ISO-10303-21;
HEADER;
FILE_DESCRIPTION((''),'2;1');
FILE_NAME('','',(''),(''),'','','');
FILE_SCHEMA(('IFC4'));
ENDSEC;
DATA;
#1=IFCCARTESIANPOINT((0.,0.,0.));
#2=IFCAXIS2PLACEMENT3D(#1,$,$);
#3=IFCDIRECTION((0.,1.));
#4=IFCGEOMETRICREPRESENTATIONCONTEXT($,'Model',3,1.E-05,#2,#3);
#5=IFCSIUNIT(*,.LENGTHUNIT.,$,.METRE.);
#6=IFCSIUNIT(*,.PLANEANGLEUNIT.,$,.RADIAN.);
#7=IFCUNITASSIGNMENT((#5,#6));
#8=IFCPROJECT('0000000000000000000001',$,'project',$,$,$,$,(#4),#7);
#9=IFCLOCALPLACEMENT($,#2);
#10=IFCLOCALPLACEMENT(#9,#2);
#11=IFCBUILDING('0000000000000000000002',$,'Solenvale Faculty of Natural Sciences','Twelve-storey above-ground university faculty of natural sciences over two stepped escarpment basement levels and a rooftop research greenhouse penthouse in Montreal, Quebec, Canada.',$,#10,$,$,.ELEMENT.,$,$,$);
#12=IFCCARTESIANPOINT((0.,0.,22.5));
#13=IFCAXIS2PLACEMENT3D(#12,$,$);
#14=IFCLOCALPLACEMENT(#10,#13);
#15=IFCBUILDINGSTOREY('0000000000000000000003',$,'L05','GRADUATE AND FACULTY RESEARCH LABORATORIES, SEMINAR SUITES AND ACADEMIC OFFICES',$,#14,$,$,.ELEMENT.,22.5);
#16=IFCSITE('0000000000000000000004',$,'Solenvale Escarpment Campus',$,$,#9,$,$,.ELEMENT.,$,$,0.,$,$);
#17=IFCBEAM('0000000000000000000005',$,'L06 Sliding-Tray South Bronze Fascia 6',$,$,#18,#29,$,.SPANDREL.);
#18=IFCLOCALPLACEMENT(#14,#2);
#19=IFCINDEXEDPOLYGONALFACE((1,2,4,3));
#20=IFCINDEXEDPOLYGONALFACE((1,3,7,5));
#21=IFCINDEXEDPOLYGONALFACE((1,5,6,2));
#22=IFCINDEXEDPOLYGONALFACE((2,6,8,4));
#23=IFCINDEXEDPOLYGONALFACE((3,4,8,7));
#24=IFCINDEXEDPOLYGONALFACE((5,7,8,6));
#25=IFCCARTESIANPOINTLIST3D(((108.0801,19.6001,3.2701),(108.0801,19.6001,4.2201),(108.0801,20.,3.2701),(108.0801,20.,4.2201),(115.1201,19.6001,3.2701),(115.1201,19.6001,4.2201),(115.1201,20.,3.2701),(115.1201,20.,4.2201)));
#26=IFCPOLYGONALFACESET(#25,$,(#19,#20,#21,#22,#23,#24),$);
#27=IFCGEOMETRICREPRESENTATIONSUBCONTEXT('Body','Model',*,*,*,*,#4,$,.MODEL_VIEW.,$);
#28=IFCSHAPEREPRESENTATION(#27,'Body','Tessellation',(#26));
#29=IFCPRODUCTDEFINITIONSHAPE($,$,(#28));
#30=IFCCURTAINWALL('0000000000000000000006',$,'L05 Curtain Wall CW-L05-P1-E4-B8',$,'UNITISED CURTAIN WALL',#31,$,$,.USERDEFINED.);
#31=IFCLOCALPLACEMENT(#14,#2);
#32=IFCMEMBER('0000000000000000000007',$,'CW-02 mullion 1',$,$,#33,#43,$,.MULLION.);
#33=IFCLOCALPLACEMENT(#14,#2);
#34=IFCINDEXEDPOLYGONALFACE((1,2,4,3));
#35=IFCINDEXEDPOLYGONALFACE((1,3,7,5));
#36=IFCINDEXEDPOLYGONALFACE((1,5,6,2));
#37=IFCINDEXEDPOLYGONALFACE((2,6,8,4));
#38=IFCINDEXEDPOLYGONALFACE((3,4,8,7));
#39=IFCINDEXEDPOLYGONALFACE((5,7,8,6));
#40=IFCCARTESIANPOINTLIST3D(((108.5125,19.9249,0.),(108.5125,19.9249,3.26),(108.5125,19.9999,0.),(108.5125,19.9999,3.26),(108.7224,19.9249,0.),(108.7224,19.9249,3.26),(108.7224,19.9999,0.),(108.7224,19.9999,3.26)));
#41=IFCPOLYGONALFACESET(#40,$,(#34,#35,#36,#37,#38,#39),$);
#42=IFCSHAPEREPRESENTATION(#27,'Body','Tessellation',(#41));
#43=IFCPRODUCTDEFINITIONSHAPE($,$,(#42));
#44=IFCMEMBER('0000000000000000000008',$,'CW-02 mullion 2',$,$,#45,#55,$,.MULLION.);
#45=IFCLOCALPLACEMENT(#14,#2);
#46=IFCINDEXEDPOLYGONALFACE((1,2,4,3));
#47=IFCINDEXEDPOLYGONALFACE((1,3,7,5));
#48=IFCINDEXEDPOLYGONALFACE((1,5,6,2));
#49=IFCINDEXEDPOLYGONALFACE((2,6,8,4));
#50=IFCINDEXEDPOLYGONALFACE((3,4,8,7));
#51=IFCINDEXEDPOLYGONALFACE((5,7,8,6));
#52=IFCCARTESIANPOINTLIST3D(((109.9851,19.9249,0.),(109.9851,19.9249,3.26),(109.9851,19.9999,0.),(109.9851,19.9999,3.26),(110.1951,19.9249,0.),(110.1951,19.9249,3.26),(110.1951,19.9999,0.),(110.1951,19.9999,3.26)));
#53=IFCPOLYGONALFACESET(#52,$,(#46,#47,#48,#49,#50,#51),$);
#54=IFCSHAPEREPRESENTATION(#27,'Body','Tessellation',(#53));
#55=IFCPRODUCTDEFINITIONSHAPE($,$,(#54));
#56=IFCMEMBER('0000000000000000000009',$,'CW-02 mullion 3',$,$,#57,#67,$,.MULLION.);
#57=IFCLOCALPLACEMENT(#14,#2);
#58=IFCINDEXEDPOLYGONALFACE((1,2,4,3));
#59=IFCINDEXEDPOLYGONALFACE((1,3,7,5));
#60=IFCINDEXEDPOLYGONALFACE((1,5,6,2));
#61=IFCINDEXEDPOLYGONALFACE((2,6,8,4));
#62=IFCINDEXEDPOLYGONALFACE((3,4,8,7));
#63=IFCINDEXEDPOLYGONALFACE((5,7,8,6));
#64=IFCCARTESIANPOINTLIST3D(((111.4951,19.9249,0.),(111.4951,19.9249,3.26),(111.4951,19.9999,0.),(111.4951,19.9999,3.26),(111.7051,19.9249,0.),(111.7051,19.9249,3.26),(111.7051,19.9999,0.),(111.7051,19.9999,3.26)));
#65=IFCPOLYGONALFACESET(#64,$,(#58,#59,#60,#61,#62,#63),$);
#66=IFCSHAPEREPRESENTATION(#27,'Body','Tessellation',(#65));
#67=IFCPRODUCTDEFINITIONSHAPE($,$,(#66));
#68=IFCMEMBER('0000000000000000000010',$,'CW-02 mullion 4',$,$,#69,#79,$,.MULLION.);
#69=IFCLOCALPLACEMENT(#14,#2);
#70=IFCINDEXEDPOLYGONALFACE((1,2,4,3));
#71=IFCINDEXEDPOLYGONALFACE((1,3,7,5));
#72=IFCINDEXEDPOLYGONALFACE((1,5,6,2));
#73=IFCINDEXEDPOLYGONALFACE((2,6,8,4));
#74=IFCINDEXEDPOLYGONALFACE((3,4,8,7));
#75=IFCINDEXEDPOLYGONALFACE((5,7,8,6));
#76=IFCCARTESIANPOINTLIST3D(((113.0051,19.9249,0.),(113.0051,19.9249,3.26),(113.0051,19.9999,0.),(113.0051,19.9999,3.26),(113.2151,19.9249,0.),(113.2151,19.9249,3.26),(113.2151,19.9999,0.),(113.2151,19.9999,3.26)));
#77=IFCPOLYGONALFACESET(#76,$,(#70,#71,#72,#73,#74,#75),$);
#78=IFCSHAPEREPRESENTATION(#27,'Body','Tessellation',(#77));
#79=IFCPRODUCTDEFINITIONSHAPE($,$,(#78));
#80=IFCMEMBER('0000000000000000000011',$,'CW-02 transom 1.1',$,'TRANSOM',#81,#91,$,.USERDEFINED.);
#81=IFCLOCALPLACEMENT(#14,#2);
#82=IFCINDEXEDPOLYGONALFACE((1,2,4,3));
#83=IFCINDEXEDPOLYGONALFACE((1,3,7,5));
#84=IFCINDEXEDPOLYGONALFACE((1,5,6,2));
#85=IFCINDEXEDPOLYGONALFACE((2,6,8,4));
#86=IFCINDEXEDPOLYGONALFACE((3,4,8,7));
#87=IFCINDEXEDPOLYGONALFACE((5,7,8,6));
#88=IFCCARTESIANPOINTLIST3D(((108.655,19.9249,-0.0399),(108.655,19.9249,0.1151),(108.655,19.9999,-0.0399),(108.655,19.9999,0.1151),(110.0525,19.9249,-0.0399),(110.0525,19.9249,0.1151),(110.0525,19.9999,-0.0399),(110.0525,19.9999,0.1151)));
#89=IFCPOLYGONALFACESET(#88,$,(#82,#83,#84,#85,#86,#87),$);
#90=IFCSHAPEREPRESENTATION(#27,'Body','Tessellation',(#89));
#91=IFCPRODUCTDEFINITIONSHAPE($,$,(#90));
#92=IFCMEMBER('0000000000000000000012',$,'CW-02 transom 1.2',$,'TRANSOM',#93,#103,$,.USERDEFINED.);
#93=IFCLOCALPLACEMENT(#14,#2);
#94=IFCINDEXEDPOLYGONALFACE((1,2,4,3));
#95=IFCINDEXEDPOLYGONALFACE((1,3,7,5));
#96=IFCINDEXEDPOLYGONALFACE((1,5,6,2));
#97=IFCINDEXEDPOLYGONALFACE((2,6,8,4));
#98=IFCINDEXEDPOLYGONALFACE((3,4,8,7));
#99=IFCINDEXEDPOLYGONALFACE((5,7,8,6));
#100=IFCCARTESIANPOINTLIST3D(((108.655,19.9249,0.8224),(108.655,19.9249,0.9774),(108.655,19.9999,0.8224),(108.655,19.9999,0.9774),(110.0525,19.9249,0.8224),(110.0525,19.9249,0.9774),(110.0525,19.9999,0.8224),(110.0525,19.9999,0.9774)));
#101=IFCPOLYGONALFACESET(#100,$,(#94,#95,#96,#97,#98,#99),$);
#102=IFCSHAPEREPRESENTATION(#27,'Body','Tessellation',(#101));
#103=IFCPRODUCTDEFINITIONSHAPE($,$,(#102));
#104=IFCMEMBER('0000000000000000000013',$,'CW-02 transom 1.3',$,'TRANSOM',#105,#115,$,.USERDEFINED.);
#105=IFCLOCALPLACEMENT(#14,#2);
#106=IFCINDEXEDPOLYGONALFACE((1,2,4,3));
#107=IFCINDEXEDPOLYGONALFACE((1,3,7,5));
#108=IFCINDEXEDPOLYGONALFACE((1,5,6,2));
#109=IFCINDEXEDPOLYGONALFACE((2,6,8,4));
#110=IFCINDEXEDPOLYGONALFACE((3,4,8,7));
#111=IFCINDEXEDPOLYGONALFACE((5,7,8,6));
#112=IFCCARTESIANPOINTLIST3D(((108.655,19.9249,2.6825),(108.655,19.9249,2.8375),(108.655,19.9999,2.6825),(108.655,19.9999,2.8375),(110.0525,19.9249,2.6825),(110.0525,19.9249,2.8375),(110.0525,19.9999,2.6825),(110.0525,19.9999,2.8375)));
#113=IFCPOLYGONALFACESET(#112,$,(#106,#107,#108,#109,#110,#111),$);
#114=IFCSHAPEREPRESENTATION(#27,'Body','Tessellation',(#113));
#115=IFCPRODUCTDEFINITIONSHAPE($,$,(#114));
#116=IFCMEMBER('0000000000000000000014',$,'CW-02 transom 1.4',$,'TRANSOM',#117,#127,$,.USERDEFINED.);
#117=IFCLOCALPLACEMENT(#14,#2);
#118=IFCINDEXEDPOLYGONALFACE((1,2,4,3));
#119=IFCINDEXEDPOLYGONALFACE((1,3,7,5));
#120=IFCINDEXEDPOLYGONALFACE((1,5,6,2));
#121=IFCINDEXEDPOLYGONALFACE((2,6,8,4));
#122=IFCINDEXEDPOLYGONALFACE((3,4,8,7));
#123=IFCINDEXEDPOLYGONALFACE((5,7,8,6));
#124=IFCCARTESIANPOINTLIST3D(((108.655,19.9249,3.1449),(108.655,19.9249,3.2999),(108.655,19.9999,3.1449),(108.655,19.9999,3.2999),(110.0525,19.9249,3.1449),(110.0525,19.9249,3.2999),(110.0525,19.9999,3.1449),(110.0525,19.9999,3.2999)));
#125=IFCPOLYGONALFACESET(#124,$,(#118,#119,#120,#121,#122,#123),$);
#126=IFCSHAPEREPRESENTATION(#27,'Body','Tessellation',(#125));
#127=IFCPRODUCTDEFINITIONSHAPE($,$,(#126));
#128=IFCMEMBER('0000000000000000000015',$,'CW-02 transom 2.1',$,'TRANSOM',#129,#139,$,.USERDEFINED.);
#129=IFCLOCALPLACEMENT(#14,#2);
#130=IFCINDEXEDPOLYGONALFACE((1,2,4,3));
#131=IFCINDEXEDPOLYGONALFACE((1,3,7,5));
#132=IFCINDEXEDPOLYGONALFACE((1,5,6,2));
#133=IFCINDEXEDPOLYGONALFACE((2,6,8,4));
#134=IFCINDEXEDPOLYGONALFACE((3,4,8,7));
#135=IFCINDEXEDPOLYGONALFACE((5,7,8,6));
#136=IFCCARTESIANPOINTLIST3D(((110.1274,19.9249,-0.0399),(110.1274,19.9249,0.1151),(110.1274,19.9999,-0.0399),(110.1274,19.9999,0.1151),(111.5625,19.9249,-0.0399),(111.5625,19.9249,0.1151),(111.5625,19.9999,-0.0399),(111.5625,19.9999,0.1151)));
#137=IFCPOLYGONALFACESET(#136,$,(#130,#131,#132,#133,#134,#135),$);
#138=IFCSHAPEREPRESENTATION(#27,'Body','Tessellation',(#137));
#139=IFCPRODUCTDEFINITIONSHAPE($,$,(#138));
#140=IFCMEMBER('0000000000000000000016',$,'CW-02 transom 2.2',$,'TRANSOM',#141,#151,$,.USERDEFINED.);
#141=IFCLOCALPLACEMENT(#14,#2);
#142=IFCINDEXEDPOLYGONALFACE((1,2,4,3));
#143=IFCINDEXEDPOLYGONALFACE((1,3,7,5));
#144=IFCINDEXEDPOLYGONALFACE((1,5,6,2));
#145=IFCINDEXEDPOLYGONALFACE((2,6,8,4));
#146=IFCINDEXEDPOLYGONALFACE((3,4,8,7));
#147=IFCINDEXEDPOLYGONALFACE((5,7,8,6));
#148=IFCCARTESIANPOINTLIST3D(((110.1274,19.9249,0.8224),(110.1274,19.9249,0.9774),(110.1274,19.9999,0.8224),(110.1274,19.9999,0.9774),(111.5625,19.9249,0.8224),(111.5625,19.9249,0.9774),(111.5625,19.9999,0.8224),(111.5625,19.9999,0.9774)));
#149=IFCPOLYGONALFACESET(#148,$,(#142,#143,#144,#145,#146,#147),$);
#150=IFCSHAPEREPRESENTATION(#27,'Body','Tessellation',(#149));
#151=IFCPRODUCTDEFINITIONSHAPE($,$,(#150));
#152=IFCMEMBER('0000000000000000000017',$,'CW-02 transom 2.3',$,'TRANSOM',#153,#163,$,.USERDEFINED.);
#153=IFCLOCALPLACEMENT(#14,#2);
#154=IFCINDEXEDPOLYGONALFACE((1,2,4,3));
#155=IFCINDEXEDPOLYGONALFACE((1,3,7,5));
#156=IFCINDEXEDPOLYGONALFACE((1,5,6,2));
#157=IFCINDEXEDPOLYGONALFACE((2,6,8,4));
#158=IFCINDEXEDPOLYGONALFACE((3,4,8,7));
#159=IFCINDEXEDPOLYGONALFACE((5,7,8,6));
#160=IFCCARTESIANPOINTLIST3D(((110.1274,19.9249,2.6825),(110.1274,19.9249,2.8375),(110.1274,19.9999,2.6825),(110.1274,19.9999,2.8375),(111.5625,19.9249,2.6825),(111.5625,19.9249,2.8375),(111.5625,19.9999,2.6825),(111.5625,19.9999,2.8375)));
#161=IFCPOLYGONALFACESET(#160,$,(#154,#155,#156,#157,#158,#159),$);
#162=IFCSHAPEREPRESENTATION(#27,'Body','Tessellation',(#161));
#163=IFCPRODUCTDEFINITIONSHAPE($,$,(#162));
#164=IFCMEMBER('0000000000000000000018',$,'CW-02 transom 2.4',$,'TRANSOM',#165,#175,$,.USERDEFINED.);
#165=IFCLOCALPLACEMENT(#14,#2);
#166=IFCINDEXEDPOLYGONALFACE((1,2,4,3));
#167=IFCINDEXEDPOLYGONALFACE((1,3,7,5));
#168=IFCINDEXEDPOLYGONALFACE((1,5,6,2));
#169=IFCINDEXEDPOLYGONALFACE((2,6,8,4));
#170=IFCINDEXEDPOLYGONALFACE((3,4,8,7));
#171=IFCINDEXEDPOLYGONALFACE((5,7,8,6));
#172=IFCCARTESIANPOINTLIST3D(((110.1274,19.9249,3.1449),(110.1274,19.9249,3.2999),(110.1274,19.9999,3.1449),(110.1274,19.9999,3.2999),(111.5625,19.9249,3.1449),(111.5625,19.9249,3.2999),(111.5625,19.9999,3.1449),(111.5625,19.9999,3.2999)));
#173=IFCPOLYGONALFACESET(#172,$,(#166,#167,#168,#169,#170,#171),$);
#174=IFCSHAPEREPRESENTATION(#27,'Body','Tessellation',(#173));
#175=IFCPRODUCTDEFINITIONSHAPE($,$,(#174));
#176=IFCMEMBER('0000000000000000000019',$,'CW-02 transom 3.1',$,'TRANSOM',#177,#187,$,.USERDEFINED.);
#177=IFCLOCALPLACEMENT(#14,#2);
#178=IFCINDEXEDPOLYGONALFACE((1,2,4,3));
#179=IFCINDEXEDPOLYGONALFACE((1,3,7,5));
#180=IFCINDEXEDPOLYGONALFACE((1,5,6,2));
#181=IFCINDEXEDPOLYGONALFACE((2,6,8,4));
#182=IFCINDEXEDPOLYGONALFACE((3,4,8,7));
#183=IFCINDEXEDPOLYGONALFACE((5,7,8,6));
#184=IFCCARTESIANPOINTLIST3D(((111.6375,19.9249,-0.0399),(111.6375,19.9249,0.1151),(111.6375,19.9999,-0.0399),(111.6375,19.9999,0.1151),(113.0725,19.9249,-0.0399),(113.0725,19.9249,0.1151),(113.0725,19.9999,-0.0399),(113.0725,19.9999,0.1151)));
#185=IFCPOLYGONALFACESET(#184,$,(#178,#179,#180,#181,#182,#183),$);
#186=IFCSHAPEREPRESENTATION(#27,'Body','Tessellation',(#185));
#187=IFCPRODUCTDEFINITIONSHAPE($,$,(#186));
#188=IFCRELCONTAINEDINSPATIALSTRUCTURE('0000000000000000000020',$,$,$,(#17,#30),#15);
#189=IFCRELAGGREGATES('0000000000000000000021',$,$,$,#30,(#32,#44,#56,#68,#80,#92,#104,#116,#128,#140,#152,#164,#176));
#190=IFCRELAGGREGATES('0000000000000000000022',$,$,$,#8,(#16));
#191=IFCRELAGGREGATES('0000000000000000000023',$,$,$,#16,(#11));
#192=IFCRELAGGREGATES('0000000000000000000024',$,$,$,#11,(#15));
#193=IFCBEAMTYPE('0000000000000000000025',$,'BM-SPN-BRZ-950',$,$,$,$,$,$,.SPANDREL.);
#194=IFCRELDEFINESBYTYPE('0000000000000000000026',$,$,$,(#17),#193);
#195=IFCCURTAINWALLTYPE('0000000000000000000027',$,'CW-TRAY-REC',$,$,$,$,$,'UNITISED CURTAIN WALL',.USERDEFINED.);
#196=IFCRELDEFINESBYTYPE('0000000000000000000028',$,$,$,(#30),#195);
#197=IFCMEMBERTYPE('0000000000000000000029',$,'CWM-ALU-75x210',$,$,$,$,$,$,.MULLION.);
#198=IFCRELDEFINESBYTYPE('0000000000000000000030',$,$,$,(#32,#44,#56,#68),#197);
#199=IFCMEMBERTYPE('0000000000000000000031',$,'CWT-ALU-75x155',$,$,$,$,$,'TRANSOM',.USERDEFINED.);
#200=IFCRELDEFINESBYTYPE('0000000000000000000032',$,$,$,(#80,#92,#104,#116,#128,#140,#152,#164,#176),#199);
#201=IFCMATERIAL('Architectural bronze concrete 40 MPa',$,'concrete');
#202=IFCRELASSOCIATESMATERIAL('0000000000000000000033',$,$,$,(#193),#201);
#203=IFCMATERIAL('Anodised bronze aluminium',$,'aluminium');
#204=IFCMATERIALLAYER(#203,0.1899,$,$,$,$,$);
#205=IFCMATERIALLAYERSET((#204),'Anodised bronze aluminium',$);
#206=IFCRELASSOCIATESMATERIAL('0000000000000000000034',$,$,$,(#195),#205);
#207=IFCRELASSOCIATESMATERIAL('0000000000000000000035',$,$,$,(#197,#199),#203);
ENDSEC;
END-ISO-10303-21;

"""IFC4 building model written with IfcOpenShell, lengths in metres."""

from ifc_helpers import new_model, si_unit, direction, frame, origin, origin_2d, place, context, subcontext, project, spatial, rectangle, extrude, material, layer, layer_set, material_profile, profile_set, type_object, element, aggregate, save


model = new_model("IFC4")

# Units and contexts
model_context = context("Model", 3, precision=1e-05, world=origin(), true_north=direction((0.0, 1.0)))
body_context = subcontext(model_context, "Body", "Model", "MODEL_VIEW")
ifc_project = project(units=[si_unit("LENGTHUNIT", "METRE"), si_unit("PLANEANGLEUNIT", "RADIAN")], contexts=[model_context])

# Site, building, storey
site_placement = place(None, origin())
site = spatial("IfcSite", under=ifc_project, at=site_placement, Name="Solenvale Escarpment Campus", CompositionType="ELEMENT", RefElevation=0.0)
building_placement = place(site_placement, origin())
building = spatial("IfcBuilding", under=site, at=building_placement, Name="Solenvale Faculty of Natural Sciences", Description="Twelve-storey above-ground university faculty of natural sciences over two stepped escarpment basement levels and a rooftop research greenhouse penthouse in Montreal, Quebec, Canada.", CompositionType="ELEMENT")
storey_placement = place(building_placement, frame((0.0, 0.0, 22.5)))
storey = spatial("IfcBuildingStorey", under=building, at=storey_placement, Name="L05", Description="GRADUATE AND FACULTY RESEARCH LABORATORIES, SEMINAR SUITES AND ACADEMIC OFFICES", CompositionType="ELEMENT", Elevation=22.5)

# Beam
ifc_material_1 = material(Name="Architectural bronze concrete 40 MPa", Category="concrete")
ifc_material_profile_1 = material_profile(ifc_material_1, rectangle(XDim=0.3999, YDim=0.95, at=origin_2d()), Name="RC-SPN-400x950")
ifc_profile_set_1 = profile_set([ifc_material_profile_1], Name="Architectural bronze concrete 40 MPa")
beam_type = type_object("IfcBeamType", Name="BM-SPN-BRZ-950", PredefinedType="SPANDREL", material=ifc_profile_set_1)
beam_placement = place(storey_placement, frame((108.0801, 19.8, 3.7451), z_axis=(1.0, 0.0, 0.0), x_axis=(0.0, 1.0, 0.0)))
element("IfcBeam", 1, at=beam_placement, inside=storey, type_object=beam_type, Name="L06 Sliding-Tray South Bronze Fascia 6", PredefinedType="SPANDREL", context=body_context, shape_type="SweptSolid", body=[
    extrude(rectangle(XDim=0.3999, YDim=0.95, at=origin_2d()), origin(), (0.0, 0.0, 1.0), 7.04),
])

# Curtain wall, members
ifc_material_2 = material(Name="Anodised bronze aluminium", Category="aluminium")
ifc_layer_1 = layer(ifc_material_2, 0.1899)
ifc_layer_set_1 = layer_set([ifc_layer_1], Name="Anodised bronze aluminium")
curtain_wall_type = type_object("IfcCurtainWallType", Name="CW-TRAY-REC", ElementType="UNITISED CURTAIN WALL", PredefinedType="USERDEFINED", material=ifc_layer_set_1)
curtain_wall_placement = place(storey_placement, origin())
curtain_wall = element("IfcCurtainWall", 2, at=curtain_wall_placement, inside=storey, type_object=curtain_wall_type, Name="L05 Curtain Wall CW-L05-P1-E4-B8", ObjectType="UNITISED CURTAIN WALL", PredefinedType="USERDEFINED")
ifc_material_profile_2 = material_profile(ifc_material_2, rectangle(XDim=0.075, YDim=0.21, at=origin_2d()), Name="ALU-MUL-75x210")
ifc_profile_set_2 = profile_set([ifc_material_profile_2], Name="Anodised bronze aluminium")
member_type_1 = type_object("IfcMemberType", Name="CWM-ALU-75x210", PredefinedType="MULLION", material=ifc_profile_set_2)
member_1_placement = place(storey_placement, frame((108.6174, 19.9624, 0.0), z_axis=(0.0, 0.0, 1.0), x_axis=(0.0, 1.0, 0.0)))
member_1 = element("IfcMember", 3, at=member_1_placement, type_object=member_type_1, Name="CW-02 mullion 1", PredefinedType="MULLION", context=body_context, shape_type="SweptSolid", body=[
    extrude(rectangle(XDim=0.075, YDim=0.21, at=origin_2d()), origin(), (0.0, 0.0, 1.0), 3.26),
])
member_2_placement = place(storey_placement, frame((110.0901, 19.9624, 0.0), z_axis=(0.0, 0.0, 1.0), x_axis=(0.0, 1.0, 0.0)))
member_2 = element("IfcMember", 4, at=member_2_placement, type_object=member_type_1, Name="CW-02 mullion 2", PredefinedType="MULLION", context=body_context, shape_type="SweptSolid", body=[
    extrude(rectangle(XDim=0.075, YDim=0.21, at=origin_2d()), origin(), (0.0, 0.0, 1.0), 3.26),
])
member_3_placement = place(storey_placement, frame((111.6001, 19.9624, 0.0), z_axis=(0.0, 0.0, 1.0), x_axis=(0.0, 1.0, 0.0)))
member_3 = element("IfcMember", 5, at=member_3_placement, type_object=member_type_1, Name="CW-02 mullion 3", PredefinedType="MULLION", context=body_context, shape_type="SweptSolid", body=[
    extrude(rectangle(XDim=0.075, YDim=0.21, at=origin_2d()), origin(), (0.0, 0.0, 1.0), 3.26),
])
member_4_placement = place(storey_placement, frame((113.1101, 19.9624, 0.0), z_axis=(0.0, 0.0, 1.0), x_axis=(0.0, 1.0, 0.0)))
member_4 = element("IfcMember", 6, at=member_4_placement, type_object=member_type_1, Name="CW-02 mullion 4", PredefinedType="MULLION", context=body_context, shape_type="SweptSolid", body=[
    extrude(rectangle(XDim=0.075, YDim=0.21, at=origin_2d()), origin(), (0.0, 0.0, 1.0), 3.26),
])
ifc_material_profile_3 = material_profile(ifc_material_2, rectangle(XDim=0.075, YDim=0.155, at=origin_2d()), Name="ALU-TRN-75x155")
ifc_profile_set_3 = profile_set([ifc_material_profile_3], Name="Anodised bronze aluminium")
member_type_2 = type_object("IfcMemberType", Name="CWT-ALU-75x155", ElementType="TRANSOM", PredefinedType="USERDEFINED", material=ifc_profile_set_3)
member_5_placement = place(storey_placement, frame((108.655, 19.9624, 0.0376), z_axis=(1.0, 0.0, 0.0), x_axis=(0.0, 1.0, 0.0)))
member_5 = element("IfcMember", 7, at=member_5_placement, type_object=member_type_2, Name="CW-02 transom 1.1", ObjectType="TRANSOM", PredefinedType="USERDEFINED", context=body_context, shape_type="SweptSolid", body=[
    extrude(rectangle(XDim=0.075, YDim=0.155, at=origin_2d()), origin(), (0.0, 0.0, 1.0), 1.3975),
])
member_6_placement = place(storey_placement, frame((108.655, 19.9624, 0.8999), z_axis=(1.0, 0.0, 0.0), x_axis=(0.0, 1.0, 0.0)))
member_6 = element("IfcMember", 8, at=member_6_placement, type_object=member_type_2, Name="CW-02 transom 1.2", ObjectType="TRANSOM", PredefinedType="USERDEFINED", context=body_context, shape_type="SweptSolid", body=[
    extrude(rectangle(XDim=0.075, YDim=0.155, at=origin_2d()), origin(), (0.0, 0.0, 1.0), 1.3975),
])
member_7_placement = place(storey_placement, frame((108.655, 19.9624, 2.76), z_axis=(1.0, 0.0, 0.0), x_axis=(0.0, 1.0, 0.0)))
member_7 = element("IfcMember", 9, at=member_7_placement, type_object=member_type_2, Name="CW-02 transom 1.3", ObjectType="TRANSOM", PredefinedType="USERDEFINED", context=body_context, shape_type="SweptSolid", body=[
    extrude(rectangle(XDim=0.075, YDim=0.155, at=origin_2d()), origin(), (0.0, 0.0, 1.0), 1.3975),
])
member_8_placement = place(storey_placement, frame((108.655, 19.9624, 3.2224), z_axis=(1.0, 0.0, 0.0), x_axis=(0.0, 1.0, 0.0)))
member_8 = element("IfcMember", 10, at=member_8_placement, type_object=member_type_2, Name="CW-02 transom 1.4", ObjectType="TRANSOM", PredefinedType="USERDEFINED", context=body_context, shape_type="SweptSolid", body=[
    extrude(rectangle(XDim=0.075, YDim=0.155, at=origin_2d()), origin(), (0.0, 0.0, 1.0), 1.3975),
])
member_9_placement = place(storey_placement, frame((110.1274, 19.9624, 0.0376), z_axis=(1.0, 0.0, 0.0), x_axis=(0.0, 1.0, 0.0)))
member_9 = element("IfcMember", 11, at=member_9_placement, type_object=member_type_2, Name="CW-02 transom 2.1", ObjectType="TRANSOM", PredefinedType="USERDEFINED", context=body_context, shape_type="SweptSolid", body=[
    extrude(rectangle(XDim=0.075, YDim=0.155, at=origin_2d()), origin(), (0.0, 0.0, 1.0), 1.4351),
])
member_10_placement = place(storey_placement, frame((110.1274, 19.9624, 0.8999), z_axis=(1.0, 0.0, 0.0), x_axis=(0.0, 1.0, 0.0)))
member_10 = element("IfcMember", 12, at=member_10_placement, type_object=member_type_2, Name="CW-02 transom 2.2", ObjectType="TRANSOM", PredefinedType="USERDEFINED", context=body_context, shape_type="SweptSolid", body=[
    extrude(rectangle(XDim=0.075, YDim=0.155, at=origin_2d()), origin(), (0.0, 0.0, 1.0), 1.4351),
])
member_11_placement = place(storey_placement, frame((110.1274, 19.9624, 2.76), z_axis=(1.0, 0.0, 0.0), x_axis=(0.0, 1.0, 0.0)))
member_11 = element("IfcMember", 13, at=member_11_placement, type_object=member_type_2, Name="CW-02 transom 2.3", ObjectType="TRANSOM", PredefinedType="USERDEFINED", context=body_context, shape_type="SweptSolid", body=[
    extrude(rectangle(XDim=0.075, YDim=0.155, at=origin_2d()), origin(), (0.0, 0.0, 1.0), 1.4351),
])
member_12_placement = place(storey_placement, frame((110.1274, 19.9624, 3.2224), z_axis=(1.0, 0.0, 0.0), x_axis=(0.0, 1.0, 0.0)))
member_12 = element("IfcMember", 14, at=member_12_placement, type_object=member_type_2, Name="CW-02 transom 2.4", ObjectType="TRANSOM", PredefinedType="USERDEFINED", context=body_context, shape_type="SweptSolid", body=[
    extrude(rectangle(XDim=0.075, YDim=0.155, at=origin_2d()), origin(), (0.0, 0.0, 1.0), 1.4351),
])
member_13_placement = place(storey_placement, frame((111.6375, 19.9624, 0.0376), z_axis=(1.0, 0.0, 0.0), x_axis=(0.0, 1.0, 0.0)))
member_13 = element("IfcMember", 15, at=member_13_placement, type_object=member_type_2, Name="CW-02 transom 3.1", ObjectType="TRANSOM", PredefinedType="USERDEFINED", context=body_context, shape_type="SweptSolid", body=[
    extrude(rectangle(XDim=0.075, YDim=0.155, at=origin_2d()), origin(), (0.0, 0.0, 1.0), 1.4351),
])
aggregate(curtain_wall, [member_1, member_2, member_3, member_4, member_5, member_6, member_7, member_8, member_9, member_10, member_11, member_12, member_13])

save(model, "model.ifc")
